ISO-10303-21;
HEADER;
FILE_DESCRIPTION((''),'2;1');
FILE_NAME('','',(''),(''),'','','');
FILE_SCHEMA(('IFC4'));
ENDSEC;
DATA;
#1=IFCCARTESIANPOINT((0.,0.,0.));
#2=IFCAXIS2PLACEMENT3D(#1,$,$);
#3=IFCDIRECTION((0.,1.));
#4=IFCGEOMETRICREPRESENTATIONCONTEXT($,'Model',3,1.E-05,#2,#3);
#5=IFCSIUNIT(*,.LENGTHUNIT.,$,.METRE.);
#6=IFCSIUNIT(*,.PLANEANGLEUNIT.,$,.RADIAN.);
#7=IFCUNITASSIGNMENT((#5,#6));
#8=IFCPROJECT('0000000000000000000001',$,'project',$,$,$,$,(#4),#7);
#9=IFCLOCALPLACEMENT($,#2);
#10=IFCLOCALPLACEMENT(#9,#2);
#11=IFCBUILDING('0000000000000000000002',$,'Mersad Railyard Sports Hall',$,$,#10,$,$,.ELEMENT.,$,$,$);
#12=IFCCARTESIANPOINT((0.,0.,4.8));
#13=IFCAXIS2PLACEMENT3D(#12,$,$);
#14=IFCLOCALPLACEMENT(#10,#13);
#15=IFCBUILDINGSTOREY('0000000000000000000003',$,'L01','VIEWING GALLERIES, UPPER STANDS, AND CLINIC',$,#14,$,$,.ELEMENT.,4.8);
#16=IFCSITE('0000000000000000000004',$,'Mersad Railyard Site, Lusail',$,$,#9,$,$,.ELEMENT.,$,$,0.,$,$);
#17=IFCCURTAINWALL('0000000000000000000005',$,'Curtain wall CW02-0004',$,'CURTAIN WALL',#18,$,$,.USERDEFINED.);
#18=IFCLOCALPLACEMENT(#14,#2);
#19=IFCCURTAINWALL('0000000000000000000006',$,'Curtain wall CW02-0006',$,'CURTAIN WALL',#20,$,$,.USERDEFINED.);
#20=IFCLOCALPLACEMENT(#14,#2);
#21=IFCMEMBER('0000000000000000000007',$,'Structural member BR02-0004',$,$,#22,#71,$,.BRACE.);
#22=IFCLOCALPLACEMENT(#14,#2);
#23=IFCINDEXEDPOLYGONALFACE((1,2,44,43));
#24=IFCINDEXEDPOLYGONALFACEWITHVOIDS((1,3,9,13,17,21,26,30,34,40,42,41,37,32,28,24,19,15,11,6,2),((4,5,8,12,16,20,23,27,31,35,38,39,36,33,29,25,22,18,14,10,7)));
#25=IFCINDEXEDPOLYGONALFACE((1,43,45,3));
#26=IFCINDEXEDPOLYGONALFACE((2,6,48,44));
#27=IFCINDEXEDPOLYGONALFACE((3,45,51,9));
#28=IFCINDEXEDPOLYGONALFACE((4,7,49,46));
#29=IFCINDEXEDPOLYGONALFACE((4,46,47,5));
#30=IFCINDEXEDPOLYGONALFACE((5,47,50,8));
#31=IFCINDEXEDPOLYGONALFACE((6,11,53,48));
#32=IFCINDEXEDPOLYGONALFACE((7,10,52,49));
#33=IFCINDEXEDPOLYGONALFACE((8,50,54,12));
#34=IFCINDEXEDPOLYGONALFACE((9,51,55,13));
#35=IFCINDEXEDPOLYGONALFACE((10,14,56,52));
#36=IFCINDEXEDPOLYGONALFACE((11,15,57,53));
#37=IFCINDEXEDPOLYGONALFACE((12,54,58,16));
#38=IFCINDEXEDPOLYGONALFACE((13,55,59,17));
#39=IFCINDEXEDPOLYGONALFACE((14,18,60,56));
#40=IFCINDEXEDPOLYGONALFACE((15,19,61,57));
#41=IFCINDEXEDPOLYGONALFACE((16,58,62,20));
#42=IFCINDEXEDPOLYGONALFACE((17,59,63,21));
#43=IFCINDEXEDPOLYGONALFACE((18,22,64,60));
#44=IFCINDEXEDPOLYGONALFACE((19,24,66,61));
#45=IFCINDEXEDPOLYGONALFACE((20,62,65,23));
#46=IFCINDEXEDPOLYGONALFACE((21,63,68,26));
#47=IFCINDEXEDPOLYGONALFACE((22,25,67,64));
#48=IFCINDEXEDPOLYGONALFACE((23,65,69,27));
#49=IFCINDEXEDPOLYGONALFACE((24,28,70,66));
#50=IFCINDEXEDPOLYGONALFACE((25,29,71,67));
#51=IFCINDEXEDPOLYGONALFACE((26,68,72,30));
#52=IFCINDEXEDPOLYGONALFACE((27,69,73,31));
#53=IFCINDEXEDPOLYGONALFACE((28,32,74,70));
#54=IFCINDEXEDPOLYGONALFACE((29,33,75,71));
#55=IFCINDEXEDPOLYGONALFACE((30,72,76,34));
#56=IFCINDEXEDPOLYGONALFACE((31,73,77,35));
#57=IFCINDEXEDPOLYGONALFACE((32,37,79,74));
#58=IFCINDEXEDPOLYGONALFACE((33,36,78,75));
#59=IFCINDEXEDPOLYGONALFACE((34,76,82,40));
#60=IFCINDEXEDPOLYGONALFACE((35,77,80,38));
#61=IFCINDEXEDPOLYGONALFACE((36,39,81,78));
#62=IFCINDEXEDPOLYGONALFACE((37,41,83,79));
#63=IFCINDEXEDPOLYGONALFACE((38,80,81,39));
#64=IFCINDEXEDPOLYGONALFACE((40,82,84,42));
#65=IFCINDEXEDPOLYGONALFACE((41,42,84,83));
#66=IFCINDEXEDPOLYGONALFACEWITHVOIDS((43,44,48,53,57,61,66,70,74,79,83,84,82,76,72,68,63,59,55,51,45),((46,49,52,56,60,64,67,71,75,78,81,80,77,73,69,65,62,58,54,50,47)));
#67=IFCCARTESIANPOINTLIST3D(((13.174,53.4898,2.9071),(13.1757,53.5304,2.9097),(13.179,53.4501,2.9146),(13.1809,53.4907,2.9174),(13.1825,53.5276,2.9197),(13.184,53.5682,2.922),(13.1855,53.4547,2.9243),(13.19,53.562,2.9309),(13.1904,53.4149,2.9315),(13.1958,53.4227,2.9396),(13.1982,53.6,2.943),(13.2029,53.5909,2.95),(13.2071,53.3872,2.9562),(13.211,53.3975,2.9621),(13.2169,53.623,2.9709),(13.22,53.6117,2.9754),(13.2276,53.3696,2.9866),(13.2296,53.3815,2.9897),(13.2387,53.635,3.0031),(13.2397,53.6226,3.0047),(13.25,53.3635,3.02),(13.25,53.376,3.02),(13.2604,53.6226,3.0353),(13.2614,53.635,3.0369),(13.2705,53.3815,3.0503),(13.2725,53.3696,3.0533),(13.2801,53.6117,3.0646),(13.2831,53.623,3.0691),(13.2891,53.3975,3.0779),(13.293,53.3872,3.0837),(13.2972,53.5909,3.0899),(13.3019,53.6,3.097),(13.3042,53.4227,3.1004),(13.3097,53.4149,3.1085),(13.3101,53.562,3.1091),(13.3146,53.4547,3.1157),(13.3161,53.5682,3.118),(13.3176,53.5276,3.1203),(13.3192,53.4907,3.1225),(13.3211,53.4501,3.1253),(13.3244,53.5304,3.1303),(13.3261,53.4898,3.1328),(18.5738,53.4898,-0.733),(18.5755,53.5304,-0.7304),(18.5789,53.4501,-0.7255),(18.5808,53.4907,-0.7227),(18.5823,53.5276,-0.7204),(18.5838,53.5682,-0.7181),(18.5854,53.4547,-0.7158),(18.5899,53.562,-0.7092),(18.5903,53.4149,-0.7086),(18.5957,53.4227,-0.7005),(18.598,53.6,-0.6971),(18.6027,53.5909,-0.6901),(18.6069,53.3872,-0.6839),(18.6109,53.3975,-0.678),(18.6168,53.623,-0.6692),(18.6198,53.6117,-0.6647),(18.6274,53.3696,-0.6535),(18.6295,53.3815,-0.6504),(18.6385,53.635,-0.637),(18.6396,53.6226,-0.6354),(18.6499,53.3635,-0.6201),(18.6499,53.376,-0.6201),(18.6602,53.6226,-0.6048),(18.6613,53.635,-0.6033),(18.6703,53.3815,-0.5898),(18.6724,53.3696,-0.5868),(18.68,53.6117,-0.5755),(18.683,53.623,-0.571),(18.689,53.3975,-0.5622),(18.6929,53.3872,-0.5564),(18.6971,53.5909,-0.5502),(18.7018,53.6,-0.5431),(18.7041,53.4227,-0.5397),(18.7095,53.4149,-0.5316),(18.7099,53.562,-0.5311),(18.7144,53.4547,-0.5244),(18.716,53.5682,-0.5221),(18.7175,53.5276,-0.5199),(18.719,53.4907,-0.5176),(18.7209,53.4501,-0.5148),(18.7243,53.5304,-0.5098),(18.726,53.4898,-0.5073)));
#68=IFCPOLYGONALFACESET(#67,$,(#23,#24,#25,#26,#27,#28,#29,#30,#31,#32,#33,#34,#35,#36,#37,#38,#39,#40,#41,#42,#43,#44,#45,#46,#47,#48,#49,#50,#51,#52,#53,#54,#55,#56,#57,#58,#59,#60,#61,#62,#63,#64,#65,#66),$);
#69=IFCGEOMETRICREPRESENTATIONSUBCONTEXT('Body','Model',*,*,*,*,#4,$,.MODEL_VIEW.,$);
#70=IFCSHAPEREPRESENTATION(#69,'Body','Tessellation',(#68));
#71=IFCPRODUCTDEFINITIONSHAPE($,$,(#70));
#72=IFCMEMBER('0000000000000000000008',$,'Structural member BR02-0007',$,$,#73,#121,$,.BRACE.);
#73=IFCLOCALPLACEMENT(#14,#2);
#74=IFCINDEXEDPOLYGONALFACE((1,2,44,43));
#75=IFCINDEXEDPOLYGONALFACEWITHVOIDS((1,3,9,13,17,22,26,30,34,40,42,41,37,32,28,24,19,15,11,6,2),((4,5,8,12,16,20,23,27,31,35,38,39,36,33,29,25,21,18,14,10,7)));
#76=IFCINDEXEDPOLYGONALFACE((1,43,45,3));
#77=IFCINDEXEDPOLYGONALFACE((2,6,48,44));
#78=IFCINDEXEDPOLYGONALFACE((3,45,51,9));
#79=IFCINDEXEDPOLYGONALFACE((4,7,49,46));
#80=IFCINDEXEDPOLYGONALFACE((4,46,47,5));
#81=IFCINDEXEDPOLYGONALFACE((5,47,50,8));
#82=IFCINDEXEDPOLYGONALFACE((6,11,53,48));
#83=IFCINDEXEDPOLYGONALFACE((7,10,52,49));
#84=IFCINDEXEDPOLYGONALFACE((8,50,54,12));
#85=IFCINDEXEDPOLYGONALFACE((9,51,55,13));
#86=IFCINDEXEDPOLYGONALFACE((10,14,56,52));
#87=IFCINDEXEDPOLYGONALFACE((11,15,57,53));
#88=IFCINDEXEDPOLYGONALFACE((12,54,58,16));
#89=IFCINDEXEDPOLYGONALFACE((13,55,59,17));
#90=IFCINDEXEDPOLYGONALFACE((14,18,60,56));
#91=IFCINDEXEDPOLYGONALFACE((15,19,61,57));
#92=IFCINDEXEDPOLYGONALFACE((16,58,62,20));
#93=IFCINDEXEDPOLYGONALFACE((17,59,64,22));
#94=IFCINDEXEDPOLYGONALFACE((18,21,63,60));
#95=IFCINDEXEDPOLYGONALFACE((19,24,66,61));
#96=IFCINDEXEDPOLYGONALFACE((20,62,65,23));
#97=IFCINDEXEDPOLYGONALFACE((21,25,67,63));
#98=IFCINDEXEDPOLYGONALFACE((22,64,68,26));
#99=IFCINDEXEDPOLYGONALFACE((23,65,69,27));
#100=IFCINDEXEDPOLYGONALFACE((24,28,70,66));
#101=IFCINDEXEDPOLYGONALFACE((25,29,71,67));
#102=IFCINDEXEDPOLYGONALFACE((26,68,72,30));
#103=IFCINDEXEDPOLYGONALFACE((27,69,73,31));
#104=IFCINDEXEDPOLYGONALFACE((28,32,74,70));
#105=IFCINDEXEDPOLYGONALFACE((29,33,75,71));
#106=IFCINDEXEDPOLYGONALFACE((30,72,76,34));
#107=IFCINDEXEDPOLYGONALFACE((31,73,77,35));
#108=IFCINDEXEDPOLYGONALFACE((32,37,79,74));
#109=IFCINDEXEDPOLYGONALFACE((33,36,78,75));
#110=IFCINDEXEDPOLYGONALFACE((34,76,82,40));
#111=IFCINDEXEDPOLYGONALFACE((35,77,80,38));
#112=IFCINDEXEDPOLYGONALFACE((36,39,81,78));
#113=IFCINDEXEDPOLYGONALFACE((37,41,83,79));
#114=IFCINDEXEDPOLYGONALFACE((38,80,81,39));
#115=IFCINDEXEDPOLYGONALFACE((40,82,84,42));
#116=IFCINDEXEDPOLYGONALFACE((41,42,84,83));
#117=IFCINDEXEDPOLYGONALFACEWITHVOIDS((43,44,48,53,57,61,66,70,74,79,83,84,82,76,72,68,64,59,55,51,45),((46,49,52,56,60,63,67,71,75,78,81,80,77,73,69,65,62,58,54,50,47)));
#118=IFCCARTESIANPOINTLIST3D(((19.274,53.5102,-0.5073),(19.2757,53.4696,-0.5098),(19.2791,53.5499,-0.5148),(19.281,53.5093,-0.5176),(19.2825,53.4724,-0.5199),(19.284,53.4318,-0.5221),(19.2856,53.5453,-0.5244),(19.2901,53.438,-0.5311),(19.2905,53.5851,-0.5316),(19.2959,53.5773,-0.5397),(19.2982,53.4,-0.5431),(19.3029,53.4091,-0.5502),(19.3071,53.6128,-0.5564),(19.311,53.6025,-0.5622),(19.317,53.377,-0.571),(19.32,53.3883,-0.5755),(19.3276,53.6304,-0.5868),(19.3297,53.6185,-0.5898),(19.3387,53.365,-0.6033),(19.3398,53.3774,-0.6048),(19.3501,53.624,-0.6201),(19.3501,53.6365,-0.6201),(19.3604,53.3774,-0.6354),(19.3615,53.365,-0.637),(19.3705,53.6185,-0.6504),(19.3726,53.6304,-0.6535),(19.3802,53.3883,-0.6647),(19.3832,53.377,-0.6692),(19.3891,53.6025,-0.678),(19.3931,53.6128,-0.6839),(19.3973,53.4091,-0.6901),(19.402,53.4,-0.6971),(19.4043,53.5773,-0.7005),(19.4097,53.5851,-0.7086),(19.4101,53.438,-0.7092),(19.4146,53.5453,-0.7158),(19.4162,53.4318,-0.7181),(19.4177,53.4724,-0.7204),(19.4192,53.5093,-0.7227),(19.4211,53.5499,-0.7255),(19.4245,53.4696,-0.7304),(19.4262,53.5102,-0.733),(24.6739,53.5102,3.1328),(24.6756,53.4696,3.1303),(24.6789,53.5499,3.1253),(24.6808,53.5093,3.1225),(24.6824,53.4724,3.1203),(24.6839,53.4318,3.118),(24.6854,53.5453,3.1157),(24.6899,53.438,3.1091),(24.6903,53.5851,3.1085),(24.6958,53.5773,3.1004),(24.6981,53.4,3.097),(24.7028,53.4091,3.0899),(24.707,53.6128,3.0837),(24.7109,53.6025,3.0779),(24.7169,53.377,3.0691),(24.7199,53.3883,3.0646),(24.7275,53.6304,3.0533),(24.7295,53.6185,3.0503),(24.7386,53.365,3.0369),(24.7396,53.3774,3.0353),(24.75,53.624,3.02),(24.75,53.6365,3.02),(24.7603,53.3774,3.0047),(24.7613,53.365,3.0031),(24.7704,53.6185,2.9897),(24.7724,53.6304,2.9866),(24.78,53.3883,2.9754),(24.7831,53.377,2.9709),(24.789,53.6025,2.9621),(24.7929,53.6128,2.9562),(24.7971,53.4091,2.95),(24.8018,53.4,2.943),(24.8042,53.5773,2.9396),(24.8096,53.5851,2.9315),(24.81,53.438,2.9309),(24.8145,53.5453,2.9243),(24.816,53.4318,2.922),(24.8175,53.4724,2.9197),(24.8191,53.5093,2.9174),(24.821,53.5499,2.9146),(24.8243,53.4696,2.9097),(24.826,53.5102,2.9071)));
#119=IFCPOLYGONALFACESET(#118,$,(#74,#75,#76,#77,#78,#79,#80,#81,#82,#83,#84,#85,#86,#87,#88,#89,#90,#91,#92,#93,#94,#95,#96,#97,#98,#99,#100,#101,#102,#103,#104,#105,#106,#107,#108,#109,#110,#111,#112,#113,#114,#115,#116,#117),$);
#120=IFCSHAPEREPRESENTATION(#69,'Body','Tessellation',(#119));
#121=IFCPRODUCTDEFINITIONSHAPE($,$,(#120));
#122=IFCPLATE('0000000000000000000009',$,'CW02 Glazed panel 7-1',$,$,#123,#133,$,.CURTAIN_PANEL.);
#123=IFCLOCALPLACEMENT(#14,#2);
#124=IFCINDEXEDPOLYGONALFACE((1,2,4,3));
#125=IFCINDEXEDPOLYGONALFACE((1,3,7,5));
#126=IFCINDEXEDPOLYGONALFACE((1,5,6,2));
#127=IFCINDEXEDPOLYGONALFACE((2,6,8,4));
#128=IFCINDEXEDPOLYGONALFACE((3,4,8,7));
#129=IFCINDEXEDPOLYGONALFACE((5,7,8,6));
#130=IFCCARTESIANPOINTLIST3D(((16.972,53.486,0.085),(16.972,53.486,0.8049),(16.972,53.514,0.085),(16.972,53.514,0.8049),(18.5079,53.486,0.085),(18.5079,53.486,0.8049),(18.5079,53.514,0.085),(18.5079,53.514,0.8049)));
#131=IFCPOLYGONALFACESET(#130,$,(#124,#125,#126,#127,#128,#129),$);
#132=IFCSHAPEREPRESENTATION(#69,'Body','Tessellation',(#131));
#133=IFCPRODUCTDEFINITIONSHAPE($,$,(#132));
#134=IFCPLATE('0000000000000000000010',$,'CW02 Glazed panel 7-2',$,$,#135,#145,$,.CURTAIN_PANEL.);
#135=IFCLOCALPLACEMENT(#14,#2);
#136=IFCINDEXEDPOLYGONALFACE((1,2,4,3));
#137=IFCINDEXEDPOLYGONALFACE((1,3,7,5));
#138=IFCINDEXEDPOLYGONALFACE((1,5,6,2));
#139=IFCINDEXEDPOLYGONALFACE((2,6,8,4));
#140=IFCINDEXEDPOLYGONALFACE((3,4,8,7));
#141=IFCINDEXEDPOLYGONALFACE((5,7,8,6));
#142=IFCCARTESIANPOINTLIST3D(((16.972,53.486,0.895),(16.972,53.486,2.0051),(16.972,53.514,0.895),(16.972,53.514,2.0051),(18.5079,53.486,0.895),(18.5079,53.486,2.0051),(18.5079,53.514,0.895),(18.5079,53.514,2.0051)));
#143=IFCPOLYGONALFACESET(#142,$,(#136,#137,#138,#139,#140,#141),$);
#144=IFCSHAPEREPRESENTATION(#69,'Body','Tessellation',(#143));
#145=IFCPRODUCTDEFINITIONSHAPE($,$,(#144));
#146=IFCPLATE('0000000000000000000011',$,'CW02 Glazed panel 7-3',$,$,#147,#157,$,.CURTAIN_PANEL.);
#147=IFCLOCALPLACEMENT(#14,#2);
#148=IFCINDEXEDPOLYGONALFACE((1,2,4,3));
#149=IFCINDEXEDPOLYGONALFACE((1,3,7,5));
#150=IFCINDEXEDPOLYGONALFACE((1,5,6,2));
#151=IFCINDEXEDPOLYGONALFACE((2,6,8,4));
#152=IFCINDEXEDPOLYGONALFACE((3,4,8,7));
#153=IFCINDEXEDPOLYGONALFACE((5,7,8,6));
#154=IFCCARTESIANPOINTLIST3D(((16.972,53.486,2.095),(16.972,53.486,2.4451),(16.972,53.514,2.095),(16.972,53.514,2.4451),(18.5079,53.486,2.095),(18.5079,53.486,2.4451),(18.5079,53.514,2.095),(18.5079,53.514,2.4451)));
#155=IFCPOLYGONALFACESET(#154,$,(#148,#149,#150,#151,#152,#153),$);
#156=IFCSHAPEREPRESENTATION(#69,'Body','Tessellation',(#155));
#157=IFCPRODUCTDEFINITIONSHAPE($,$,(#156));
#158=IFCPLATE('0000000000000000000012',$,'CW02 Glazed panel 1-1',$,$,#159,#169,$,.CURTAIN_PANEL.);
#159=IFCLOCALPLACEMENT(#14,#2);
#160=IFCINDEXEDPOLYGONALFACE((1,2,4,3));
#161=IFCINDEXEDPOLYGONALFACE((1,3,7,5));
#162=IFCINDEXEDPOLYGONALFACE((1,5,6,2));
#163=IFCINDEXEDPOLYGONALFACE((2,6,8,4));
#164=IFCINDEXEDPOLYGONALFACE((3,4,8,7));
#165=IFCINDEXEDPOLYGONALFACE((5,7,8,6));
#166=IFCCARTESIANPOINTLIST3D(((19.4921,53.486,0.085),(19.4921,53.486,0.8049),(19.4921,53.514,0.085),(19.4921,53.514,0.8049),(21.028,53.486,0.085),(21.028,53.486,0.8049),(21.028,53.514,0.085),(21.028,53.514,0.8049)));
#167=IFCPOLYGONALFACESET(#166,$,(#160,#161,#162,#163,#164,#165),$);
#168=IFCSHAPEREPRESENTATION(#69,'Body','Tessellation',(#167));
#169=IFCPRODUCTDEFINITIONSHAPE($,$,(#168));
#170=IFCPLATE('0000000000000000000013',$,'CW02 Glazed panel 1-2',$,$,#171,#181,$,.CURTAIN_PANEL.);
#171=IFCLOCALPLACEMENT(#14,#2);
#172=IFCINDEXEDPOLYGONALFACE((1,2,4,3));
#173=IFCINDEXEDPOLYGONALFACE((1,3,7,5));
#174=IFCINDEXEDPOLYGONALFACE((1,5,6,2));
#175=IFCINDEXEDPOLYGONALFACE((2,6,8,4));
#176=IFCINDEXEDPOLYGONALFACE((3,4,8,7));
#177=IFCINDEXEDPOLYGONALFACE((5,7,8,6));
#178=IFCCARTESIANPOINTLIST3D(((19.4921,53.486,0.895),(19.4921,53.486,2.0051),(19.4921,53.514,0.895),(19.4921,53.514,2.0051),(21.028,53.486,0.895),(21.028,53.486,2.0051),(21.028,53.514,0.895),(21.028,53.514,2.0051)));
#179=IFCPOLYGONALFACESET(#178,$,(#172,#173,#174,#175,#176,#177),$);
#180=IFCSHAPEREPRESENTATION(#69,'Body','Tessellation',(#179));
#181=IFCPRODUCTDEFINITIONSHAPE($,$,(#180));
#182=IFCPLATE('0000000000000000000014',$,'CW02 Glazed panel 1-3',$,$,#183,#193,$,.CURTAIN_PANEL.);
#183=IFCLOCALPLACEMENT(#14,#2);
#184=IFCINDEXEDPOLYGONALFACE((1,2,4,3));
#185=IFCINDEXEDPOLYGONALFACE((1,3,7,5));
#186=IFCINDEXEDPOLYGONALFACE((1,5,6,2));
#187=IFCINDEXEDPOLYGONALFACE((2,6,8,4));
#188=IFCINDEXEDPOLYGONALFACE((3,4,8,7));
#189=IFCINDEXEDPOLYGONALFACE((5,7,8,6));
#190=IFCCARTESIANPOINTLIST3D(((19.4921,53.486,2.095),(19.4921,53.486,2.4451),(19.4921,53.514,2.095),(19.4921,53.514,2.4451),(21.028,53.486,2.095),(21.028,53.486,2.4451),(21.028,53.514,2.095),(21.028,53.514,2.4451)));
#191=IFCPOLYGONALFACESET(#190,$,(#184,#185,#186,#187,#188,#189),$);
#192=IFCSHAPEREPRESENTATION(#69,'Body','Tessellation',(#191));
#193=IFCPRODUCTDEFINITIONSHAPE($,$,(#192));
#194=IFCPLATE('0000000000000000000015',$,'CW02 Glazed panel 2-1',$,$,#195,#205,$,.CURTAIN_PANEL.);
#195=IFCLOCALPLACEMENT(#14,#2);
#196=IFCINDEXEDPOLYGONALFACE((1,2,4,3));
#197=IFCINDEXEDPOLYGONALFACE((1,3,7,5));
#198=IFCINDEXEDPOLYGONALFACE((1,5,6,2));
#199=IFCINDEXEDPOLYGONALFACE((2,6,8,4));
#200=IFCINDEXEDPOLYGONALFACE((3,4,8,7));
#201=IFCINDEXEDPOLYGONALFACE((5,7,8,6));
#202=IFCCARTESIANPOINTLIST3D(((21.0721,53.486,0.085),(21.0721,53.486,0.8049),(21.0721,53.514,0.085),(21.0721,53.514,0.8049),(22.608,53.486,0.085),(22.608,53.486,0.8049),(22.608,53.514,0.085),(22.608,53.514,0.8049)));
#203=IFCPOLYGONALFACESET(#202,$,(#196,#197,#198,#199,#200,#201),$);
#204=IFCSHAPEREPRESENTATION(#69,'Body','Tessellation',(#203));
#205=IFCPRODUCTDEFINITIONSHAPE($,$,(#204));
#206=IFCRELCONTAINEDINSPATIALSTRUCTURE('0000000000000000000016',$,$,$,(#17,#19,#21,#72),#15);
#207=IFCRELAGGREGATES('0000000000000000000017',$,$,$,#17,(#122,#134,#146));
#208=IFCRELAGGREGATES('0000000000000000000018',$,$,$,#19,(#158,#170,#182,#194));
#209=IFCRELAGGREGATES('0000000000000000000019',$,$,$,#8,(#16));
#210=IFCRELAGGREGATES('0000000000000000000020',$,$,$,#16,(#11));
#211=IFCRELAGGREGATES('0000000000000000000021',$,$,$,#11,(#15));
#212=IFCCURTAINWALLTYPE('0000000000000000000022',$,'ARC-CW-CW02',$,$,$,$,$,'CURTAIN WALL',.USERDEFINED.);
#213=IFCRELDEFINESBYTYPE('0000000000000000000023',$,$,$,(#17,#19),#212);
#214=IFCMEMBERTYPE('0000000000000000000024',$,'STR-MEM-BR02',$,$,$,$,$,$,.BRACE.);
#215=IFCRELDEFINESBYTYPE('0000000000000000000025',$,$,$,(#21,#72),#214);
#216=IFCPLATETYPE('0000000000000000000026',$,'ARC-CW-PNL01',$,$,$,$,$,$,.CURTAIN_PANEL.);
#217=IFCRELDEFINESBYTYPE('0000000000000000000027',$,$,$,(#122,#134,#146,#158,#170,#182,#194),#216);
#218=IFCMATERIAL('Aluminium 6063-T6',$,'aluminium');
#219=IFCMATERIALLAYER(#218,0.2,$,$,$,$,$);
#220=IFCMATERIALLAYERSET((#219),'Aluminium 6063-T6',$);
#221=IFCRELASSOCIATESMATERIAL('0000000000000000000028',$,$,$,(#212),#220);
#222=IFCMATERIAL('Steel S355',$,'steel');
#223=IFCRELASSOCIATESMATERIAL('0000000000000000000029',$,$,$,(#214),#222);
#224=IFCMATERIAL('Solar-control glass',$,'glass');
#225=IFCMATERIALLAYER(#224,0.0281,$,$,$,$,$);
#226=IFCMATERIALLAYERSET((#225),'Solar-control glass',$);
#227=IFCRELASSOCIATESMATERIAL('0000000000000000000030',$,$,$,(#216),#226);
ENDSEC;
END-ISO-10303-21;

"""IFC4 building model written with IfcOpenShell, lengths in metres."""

from ifc_helpers import new_model, si_unit, direction, frame, origin, origin_2d, place, context, subcontext, project, spatial, rectangle, hollow_circle, extrude, material, layer, layer_set, material_profile, profile_set, type_object, element, aggregate, save


model = new_model("IFC4")

# Units and contexts
model_context = context("Model", 3, precision=1e-05, world=origin(), true_north=direction((0.0, 1.0)))
body_context = subcontext(model_context, "Body", "Model", "MODEL_VIEW")
ifc_project = project(units=[si_unit("LENGTHUNIT", "METRE"), si_unit("PLANEANGLEUNIT", "RADIAN")], contexts=[model_context])

# Site, building, storey
site_placement = place(None, origin())
site = spatial("IfcSite", under=ifc_project, at=site_placement, Name="Mersad Railyard Site, Lusail", CompositionType="ELEMENT", RefElevation=0.0)
building_placement = place(site_placement, origin())
building = spatial("IfcBuilding", under=site, at=building_placement, Name="Mersad Railyard Sports Hall", CompositionType="ELEMENT")
storey_placement = place(building_placement, frame((0.0, 0.0, 4.8)))
storey = spatial("IfcBuildingStorey", under=building, at=storey_placement, Name="L01", Description="VIEWING GALLERIES, UPPER STANDS, AND CLINIC", CompositionType="ELEMENT", Elevation=4.8)

# Curtain wall
ifc_material_1 = material(Name="Aluminium 6063-T6", Category="aluminium")
ifc_layer_1 = layer(ifc_material_1, 0.2)
ifc_layer_set_1 = layer_set([ifc_layer_1], Name="Aluminium 6063-T6")
curtain_wall_type = type_object("IfcCurtainWallType", Name="ARC-CW-CW02", ElementType="CURTAIN WALL", PredefinedType="USERDEFINED", material=ifc_layer_set_1)
curtain_wall_1_placement = place(storey_placement, origin())
curtain_wall_1 = element("IfcCurtainWall", 1, at=curtain_wall_1_placement, inside=storey, type_object=curtain_wall_type, Name="Curtain wall CW02-0004", ObjectType="CURTAIN WALL", PredefinedType="USERDEFINED")

# Curtain wall
curtain_wall_2_placement = place(storey_placement, origin())
curtain_wall_2 = element("IfcCurtainWall", 2, at=curtain_wall_2_placement, inside=storey, type_object=curtain_wall_type, Name="Curtain wall CW02-0006", ObjectType="CURTAIN WALL", PredefinedType="USERDEFINED")

# Members
ifc_material_2 = material(Name="Steel S355", Category="steel")
ifc_material_profile_1 = material_profile(ifc_material_2, hollow_circle(Radius=0.1365, WallThickness=0.0125, at=origin_2d()), Name="CHS 273x12.5")
ifc_profile_set_1 = profile_set([ifc_material_profile_1], Name="Steel S355")
member_type_1 = type_object("IfcMemberType", Name="STR-MEM-BR02", PredefinedType="BRACE", material=ifc_profile_set_1)
for number, where, z_axis, x_axis, name in (
    (3, (18.6499, 53.5, -0.6201), (-0.82919, 0.0, 0.558967), (0.0, -1.0, 0.0), "Structural member BR02-0004"),
    (4, (19.3501, 53.5, -0.6201), (0.82919, 0.0, 0.558967), (0.0, 1.0, 0.0), "Structural member BR02-0007"),
):
    element("IfcMember", number, at=place(storey_placement, frame(where, z_axis=z_axis, x_axis=x_axis)), inside=storey, type_object=member_type_1, Name=name, PredefinedType="BRACE", context=body_context, shape_type="SweptSolid", body=[
        extrude(hollow_circle(Radius=0.1365, WallThickness=0.0125, at=origin_2d()), origin(), (0.0, 0.0, 1.0), 6.5122),
    ])

# Plates
ifc_material_3 = material(Name="Solar-control glass", Category="glass")
ifc_layer_2 = layer(ifc_material_3, 0.0281)
ifc_layer_set_2 = layer_set([ifc_layer_2], Name="Solar-control glass")
plate_type_1 = type_object("IfcPlateType", Name="ARC-CW-PNL01", PredefinedType="CURTAIN_PANEL", material=ifc_layer_set_2)
plate_1_placement = place(storey_placement, frame((17.74, 53.5, 0.085), z_axis=(0.0, 0.0, 1.0), x_axis=(1.0, 0.0, 0.0)))
plate_1 = element("IfcPlate", 5, at=plate_1_placement, type_object=plate_type_1, Name="CW02 Glazed panel 7-1", PredefinedType="CURTAIN_PANEL", context=body_context, shape_type="SweptSolid", body=[
    extrude(rectangle(XDim=1.5359, YDim=0.0281, at=origin_2d()), origin(), (0.0, 0.0, 1.0), 0.72),
])
plate_2_placement = place(storey_placement, frame((17.74, 53.5, 0.895), z_axis=(0.0, 0.0, 1.0), x_axis=(1.0, 0.0, 0.0)))
plate_2 = element("IfcPlate", 6, at=plate_2_placement, type_object=plate_type_1, Name="CW02 Glazed panel 7-2", PredefinedType="CURTAIN_PANEL", context=body_context, shape_type="SweptSolid", body=[
    extrude(rectangle(XDim=1.5359, YDim=0.0281, at=origin_2d()), origin(), (0.0, 0.0, 1.0), 1.1101),
])
plate_3_placement = place(storey_placement, frame((17.74, 53.5, 2.095), z_axis=(0.0, 0.0, 1.0), x_axis=(1.0, 0.0, 0.0)))
plate_3 = element("IfcPlate", 7, at=plate_3_placement, type_object=plate_type_1, Name="CW02 Glazed panel 7-3", PredefinedType="CURTAIN_PANEL", context=body_context, shape_type="SweptSolid", body=[
    extrude(rectangle(XDim=1.5359, YDim=0.0281, at=origin_2d()), origin(), (0.0, 0.0, 1.0), 0.3501),
])
aggregate(curtain_wall_1, [plate_1, plate_2, plate_3])
plate_4_placement = place(storey_placement, frame((20.26, 53.5, 0.085), z_axis=(0.0, 0.0, 1.0), x_axis=(1.0, 0.0, 0.0)))
plate_4 = element("IfcPlate", 8, at=plate_4_placement, type_object=plate_type_1, Name="CW02 Glazed panel 1-1", PredefinedType="CURTAIN_PANEL", context=body_context, shape_type="SweptSolid", body=[
    extrude(rectangle(XDim=1.5359, YDim=0.0281, at=origin_2d()), origin(), (0.0, 0.0, 1.0), 0.72),
])
plate_5_placement = place(storey_placement, frame((20.26, 53.5, 0.895), z_axis=(0.0, 0.0, 1.0), x_axis=(1.0, 0.0, 0.0)))
plate_5 = element("IfcPlate", 9, at=plate_5_placement, type_object=plate_type_1, Name="CW02 Glazed panel 1-2", PredefinedType="CURTAIN_PANEL", context=body_context, shape_type="SweptSolid", body=[
    extrude(rectangle(XDim=1.5359, YDim=0.0281, at=origin_2d()), origin(), (0.0, 0.0, 1.0), 1.1101),
])
plate_6_placement = place(storey_placement, frame((20.26, 53.5, 2.095), z_axis=(0.0, 0.0, 1.0), x_axis=(1.0, 0.0, 0.0)))
plate_6 = element("IfcPlate", 10, at=plate_6_placement, type_object=plate_type_1, Name="CW02 Glazed panel 1-3", PredefinedType="CURTAIN_PANEL", context=body_context, shape_type="SweptSolid", body=[
    extrude(rectangle(XDim=1.5359, YDim=0.0281, at=origin_2d()), origin(), (0.0, 0.0, 1.0), 0.3501),
])
plate_7_placement = place(storey_placement, frame((21.8401, 53.5, 0.085), z_axis=(0.0, 0.0, 1.0), x_axis=(1.0, 0.0, 0.0)))
plate_7 = element("IfcPlate", 11, at=plate_7_placement, type_object=plate_type_1, Name="CW02 Glazed panel 2-1", PredefinedType="CURTAIN_PANEL", context=body_context, shape_type="SweptSolid", body=[
    extrude(rectangle(XDim=1.5359, YDim=0.0281, at=origin_2d()), origin(), (0.0, 0.0, 1.0), 0.72),
])
aggregate(curtain_wall_2, [plate_4, plate_5, plate_6, plate_7])

save(model, "model.ifc")
